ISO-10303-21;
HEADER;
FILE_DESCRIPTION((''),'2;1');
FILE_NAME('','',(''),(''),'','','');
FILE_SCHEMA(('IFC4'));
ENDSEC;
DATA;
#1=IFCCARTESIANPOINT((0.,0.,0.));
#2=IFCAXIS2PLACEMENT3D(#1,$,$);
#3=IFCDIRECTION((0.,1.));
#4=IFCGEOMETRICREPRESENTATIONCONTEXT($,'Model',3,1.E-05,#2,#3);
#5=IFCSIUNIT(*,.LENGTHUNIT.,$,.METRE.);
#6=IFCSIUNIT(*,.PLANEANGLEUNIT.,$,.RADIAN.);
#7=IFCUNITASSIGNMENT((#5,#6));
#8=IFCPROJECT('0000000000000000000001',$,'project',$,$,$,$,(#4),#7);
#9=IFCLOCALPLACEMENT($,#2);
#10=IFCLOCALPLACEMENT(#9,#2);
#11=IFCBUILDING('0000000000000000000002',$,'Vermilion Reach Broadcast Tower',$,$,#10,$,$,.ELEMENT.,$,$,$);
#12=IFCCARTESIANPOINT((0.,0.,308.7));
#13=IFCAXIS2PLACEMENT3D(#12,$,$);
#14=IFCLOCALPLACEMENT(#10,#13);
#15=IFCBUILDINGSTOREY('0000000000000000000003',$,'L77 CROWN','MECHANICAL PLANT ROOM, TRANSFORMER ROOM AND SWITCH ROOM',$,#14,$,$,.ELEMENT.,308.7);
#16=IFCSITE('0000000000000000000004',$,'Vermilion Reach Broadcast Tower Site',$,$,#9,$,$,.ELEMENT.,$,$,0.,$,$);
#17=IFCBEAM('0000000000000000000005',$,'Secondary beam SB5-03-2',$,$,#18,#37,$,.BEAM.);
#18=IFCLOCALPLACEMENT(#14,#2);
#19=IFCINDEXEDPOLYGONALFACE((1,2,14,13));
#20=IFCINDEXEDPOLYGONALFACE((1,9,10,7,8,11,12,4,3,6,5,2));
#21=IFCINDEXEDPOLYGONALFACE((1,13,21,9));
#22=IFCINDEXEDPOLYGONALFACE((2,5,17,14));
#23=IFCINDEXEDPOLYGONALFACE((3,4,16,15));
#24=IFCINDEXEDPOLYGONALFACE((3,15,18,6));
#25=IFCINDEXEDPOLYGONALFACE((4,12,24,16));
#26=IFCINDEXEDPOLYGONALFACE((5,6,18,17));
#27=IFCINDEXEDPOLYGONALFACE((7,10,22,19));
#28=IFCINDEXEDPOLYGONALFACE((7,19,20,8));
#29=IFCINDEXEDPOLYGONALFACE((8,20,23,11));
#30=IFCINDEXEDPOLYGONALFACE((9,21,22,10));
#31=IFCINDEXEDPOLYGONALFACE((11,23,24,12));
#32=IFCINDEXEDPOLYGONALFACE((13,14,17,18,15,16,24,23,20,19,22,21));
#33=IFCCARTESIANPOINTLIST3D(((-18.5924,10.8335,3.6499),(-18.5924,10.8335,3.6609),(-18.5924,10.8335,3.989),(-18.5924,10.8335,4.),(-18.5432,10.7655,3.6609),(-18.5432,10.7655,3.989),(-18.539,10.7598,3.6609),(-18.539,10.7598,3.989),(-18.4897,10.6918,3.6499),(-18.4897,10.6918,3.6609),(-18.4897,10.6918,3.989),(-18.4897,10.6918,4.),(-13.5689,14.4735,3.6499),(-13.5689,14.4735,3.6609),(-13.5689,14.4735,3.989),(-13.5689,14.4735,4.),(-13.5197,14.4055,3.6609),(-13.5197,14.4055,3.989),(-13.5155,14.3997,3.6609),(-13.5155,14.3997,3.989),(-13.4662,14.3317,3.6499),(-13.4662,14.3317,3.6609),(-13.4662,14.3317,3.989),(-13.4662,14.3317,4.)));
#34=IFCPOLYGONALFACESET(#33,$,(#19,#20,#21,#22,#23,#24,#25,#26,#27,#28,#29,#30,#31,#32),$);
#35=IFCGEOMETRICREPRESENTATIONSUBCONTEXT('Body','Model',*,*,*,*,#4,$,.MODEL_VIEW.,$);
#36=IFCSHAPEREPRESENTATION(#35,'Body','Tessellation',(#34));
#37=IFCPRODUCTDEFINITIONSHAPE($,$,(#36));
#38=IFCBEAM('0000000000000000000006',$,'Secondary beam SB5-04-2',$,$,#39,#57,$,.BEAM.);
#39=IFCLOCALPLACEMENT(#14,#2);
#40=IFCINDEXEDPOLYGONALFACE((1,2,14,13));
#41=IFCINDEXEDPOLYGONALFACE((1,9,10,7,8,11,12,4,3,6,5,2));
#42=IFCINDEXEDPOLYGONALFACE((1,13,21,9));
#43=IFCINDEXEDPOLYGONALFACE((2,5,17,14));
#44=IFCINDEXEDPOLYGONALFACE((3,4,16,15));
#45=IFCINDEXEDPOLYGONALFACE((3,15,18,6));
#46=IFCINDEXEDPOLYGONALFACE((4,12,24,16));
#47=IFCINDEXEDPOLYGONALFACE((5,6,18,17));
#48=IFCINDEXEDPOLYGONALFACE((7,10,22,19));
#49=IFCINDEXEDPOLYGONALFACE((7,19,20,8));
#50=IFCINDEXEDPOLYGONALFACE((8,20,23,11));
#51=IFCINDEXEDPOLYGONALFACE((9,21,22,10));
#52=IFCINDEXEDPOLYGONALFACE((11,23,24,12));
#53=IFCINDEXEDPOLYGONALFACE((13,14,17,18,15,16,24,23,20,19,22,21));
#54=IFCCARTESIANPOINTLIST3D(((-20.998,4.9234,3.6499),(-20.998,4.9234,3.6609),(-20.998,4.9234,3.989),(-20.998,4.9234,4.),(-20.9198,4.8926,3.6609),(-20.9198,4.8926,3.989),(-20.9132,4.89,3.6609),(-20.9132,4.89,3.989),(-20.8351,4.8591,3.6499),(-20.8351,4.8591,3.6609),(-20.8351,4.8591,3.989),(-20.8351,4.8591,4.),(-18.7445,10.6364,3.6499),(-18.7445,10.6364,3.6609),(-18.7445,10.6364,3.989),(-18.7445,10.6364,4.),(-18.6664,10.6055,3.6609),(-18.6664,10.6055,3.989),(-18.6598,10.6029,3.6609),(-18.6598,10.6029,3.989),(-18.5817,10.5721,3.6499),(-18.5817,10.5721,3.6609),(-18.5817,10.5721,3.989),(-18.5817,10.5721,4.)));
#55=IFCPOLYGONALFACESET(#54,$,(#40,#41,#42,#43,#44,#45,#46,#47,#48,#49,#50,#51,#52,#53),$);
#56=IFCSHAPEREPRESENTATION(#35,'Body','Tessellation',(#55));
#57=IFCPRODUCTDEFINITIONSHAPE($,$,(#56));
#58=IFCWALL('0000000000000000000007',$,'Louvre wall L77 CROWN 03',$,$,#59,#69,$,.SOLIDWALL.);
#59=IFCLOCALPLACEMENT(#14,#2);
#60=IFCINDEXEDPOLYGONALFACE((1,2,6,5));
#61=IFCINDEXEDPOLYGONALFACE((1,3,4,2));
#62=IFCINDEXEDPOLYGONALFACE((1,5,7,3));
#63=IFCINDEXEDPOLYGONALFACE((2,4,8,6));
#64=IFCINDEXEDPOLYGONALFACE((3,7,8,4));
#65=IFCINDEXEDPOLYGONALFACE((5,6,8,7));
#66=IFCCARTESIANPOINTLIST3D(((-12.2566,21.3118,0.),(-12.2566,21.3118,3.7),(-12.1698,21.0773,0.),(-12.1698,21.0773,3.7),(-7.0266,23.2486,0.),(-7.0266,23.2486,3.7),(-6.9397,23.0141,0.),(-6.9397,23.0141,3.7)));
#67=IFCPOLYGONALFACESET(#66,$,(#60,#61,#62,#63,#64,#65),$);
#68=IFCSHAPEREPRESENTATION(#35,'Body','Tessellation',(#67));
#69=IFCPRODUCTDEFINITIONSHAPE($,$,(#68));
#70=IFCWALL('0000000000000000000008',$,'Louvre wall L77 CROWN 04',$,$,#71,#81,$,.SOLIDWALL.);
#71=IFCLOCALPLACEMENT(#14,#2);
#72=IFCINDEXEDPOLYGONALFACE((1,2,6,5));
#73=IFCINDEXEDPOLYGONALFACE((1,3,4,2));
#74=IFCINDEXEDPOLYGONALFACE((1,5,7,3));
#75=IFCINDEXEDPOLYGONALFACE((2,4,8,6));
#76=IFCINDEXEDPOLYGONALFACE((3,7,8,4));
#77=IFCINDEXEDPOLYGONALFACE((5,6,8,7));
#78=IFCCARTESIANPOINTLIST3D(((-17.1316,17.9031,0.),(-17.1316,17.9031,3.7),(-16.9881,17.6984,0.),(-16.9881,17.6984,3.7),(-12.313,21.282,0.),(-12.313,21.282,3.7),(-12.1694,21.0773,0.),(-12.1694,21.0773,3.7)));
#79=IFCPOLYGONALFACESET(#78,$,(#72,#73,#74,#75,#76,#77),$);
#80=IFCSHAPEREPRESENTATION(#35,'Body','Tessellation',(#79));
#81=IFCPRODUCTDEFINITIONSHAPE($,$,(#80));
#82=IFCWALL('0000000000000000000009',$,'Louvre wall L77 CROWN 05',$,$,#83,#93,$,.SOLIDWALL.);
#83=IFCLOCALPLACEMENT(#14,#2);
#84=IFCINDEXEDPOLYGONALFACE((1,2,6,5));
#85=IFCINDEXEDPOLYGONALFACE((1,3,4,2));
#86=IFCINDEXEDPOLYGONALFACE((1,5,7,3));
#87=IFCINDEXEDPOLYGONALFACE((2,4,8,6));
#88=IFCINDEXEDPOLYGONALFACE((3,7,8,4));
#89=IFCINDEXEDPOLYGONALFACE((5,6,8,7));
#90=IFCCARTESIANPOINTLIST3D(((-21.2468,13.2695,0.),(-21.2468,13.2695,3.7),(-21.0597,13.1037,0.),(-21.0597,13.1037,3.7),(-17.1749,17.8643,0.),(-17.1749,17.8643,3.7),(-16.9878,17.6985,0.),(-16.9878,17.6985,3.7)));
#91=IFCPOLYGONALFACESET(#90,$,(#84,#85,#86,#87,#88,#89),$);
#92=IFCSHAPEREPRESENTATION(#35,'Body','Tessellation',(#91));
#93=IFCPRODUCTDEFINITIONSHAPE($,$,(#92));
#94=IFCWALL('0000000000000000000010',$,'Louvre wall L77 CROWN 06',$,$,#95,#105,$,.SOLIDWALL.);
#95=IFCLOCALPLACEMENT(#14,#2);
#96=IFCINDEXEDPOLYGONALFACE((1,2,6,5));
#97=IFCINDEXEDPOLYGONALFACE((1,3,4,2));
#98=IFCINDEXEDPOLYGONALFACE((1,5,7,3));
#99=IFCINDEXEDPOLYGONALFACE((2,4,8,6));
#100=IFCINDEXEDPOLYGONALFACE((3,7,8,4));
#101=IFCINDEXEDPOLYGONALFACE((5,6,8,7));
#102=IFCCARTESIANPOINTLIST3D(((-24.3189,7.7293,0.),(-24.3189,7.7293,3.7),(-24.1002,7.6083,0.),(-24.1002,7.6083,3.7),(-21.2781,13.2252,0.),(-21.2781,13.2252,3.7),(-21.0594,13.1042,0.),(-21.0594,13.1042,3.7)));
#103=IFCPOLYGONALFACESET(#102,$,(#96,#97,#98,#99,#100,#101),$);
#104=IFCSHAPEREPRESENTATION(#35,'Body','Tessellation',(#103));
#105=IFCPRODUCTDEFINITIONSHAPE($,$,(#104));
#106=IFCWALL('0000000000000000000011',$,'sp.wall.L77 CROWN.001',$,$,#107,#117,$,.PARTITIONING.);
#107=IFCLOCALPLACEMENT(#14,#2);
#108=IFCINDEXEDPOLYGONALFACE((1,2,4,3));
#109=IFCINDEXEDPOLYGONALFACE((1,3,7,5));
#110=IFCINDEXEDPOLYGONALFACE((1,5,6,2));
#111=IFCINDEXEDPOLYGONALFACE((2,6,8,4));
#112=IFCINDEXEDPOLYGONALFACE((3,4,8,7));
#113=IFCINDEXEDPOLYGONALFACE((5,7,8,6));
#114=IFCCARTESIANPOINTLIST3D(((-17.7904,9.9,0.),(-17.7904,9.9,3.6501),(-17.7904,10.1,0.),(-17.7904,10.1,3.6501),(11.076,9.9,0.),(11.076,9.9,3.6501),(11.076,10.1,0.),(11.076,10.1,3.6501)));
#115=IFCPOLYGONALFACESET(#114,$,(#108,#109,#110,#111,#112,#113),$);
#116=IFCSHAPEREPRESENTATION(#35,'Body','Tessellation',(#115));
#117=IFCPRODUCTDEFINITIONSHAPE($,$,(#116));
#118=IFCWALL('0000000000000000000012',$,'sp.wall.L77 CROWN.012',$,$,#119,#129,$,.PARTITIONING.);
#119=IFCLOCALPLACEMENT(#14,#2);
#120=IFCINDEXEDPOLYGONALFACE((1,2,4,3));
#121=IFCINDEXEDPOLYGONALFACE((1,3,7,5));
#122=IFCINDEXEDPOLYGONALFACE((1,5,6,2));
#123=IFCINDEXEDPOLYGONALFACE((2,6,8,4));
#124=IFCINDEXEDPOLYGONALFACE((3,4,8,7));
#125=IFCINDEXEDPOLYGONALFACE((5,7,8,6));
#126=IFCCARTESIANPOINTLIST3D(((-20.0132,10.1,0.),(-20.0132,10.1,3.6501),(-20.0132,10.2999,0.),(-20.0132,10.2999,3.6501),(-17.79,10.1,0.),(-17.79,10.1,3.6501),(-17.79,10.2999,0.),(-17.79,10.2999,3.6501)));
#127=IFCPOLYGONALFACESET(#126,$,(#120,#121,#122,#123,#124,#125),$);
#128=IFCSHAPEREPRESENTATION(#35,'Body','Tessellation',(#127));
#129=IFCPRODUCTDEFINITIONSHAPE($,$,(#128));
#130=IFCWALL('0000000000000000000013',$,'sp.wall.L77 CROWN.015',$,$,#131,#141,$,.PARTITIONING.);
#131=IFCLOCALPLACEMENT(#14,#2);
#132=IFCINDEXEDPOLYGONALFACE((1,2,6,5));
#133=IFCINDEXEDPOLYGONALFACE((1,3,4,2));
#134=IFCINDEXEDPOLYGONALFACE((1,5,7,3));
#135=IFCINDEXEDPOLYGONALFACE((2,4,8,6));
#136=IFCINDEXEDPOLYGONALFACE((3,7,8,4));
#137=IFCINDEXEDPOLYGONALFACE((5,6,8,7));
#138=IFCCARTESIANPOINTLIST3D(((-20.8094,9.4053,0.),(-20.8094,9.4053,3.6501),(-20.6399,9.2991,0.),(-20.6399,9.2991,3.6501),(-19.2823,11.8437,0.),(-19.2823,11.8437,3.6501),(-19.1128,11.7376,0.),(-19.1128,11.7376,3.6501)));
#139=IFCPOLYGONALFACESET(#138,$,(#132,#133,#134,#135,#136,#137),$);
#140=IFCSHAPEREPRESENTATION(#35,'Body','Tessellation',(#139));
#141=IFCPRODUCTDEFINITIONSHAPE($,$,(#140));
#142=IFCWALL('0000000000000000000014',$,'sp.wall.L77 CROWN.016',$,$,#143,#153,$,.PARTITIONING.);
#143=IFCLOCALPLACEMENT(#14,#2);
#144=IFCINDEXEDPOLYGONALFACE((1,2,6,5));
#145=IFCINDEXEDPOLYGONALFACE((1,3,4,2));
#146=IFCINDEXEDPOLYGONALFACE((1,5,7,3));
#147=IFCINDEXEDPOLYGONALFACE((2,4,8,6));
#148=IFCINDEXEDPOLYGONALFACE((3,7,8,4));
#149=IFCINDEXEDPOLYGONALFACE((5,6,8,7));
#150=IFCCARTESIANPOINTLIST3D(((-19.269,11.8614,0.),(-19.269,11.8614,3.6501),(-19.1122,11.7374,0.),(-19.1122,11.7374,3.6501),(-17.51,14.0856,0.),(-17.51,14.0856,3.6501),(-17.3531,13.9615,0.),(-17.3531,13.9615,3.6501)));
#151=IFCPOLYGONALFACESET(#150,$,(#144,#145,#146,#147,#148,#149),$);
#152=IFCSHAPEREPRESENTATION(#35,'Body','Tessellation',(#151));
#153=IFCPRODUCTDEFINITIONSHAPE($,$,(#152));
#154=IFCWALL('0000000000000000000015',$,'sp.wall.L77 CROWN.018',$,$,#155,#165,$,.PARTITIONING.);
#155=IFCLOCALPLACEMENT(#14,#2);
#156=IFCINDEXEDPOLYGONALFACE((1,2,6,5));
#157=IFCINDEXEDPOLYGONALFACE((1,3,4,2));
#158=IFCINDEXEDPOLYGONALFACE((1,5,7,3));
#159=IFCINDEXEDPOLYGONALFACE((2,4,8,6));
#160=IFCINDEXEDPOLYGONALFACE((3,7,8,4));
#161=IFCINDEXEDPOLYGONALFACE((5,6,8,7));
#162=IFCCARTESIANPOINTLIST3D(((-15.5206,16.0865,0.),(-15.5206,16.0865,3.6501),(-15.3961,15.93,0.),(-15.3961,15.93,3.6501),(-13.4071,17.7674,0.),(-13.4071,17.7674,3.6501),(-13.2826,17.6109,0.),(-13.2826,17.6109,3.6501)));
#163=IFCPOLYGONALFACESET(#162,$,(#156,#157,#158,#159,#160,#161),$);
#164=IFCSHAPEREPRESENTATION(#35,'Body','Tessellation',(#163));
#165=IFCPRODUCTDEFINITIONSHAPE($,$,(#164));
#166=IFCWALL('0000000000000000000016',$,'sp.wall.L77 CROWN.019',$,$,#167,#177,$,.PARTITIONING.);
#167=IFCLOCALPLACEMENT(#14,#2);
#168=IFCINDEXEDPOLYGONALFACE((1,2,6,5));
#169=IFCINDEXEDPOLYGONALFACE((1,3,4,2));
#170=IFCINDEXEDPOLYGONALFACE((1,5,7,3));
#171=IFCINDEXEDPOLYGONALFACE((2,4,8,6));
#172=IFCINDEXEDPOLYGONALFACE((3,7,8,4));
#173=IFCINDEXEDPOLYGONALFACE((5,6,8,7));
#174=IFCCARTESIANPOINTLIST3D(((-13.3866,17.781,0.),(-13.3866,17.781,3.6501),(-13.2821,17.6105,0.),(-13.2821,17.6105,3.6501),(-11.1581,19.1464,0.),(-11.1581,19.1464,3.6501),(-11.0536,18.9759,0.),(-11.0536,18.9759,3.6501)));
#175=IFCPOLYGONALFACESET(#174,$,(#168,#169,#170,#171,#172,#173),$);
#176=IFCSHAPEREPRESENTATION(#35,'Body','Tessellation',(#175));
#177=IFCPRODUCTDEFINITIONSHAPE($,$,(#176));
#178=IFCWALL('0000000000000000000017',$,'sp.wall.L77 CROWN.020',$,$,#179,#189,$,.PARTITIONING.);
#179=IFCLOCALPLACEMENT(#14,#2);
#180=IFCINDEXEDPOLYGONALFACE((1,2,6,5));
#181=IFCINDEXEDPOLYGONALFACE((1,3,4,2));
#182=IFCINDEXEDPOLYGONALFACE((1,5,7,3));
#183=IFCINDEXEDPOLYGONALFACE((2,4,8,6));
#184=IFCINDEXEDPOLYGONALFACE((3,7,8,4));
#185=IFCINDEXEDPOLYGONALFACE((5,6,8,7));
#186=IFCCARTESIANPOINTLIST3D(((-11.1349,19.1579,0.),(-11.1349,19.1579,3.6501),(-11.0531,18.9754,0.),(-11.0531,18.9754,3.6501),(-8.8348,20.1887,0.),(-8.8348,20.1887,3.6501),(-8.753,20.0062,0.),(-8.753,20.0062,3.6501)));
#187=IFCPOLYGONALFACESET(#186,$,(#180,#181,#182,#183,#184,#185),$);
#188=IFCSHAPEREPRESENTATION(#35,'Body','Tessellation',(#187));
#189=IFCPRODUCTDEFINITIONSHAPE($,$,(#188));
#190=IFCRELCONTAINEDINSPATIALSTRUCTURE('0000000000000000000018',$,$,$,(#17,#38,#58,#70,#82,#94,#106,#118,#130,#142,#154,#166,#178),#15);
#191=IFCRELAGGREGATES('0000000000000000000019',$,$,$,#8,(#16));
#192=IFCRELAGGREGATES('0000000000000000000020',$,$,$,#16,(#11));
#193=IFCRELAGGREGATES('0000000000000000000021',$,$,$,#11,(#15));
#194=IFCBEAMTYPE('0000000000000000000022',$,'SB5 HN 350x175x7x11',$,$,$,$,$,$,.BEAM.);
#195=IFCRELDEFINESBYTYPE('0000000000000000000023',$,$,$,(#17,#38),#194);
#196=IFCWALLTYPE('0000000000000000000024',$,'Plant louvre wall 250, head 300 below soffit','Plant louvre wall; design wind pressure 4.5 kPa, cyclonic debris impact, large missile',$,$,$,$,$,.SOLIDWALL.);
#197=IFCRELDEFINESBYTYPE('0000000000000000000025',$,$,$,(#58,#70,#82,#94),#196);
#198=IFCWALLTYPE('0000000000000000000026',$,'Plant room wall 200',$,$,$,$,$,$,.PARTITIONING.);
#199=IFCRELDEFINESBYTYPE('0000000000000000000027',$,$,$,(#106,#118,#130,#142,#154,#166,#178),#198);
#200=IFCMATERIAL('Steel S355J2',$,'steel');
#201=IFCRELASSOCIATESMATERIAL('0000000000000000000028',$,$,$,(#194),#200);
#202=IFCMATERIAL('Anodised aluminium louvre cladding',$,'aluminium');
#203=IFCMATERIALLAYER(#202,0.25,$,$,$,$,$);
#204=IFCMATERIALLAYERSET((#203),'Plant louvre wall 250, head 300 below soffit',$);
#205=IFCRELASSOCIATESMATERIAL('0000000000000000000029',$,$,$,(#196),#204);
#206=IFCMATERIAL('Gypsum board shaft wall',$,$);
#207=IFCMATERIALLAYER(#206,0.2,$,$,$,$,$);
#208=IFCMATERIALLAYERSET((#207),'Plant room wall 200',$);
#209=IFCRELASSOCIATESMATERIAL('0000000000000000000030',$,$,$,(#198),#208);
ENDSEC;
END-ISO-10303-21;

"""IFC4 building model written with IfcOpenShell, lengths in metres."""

from ifc_helpers import new_model, si_unit, direction, frame, frame_2d, origin, origin_2d, place, context, subcontext, project, spatial, rectangle, i_section, extrude, material, layer, layer_set, material_profile, profile_set, type_object, element, save


model = new_model("IFC4")

# Units and contexts
model_context = context("Model", 3, precision=1e-05, world=origin(), true_north=direction((0.0, 1.0)))
body_context = subcontext(model_context, "Body", "Model", "MODEL_VIEW")
ifc_project = project(units=[si_unit("LENGTHUNIT", "METRE"), si_unit("PLANEANGLEUNIT", "RADIAN")], contexts=[model_context])

# Site, building, storey
site_placement = place(None, origin())
site = spatial("IfcSite", under=ifc_project, at=site_placement, Name="Vermilion Reach Broadcast Tower Site", CompositionType="ELEMENT", RefElevation=0.0)
building_placement = place(site_placement, origin())
building = spatial("IfcBuilding", under=site, at=building_placement, Name="Vermilion Reach Broadcast Tower", CompositionType="ELEMENT")
storey_placement = place(building_placement, frame((0.0, 0.0, 308.7)))
storey = spatial("IfcBuildingStorey", under=building, at=storey_placement, Name="L77 CROWN", Description="MECHANICAL PLANT ROOM, TRANSFORMER ROOM AND SWITCH ROOM", CompositionType="ELEMENT", Elevation=308.7)

# Beams
ifc_material_1 = material(Name="Steel S355J2", Category="steel")
ifc_material_profile_1 = material_profile(ifc_material_1, i_section(OverallWidth=0.175, OverallDepth=0.3501, WebThickness=0.0071, FlangeThickness=0.011, at=origin_2d()), Name="S355J2 HN 350x175x7x11")
ifc_profile_set_1 = profile_set([ifc_material_profile_1], Name="Steel S355J2")
beam_type_1 = type_object("IfcBeamType", Name="SB5 HN 350x175x7x11", PredefinedType="BEAM", material=ifc_profile_set_1)
beam_1_placement = place(storey_placement, frame((-13.5176, 14.4026, 3.825), z_axis=(-0.809771, -0.586746, 0.0), x_axis=(0.586746, -0.809771, 0.0)))
element("IfcBeam", 1, at=beam_1_placement, inside=storey, type_object=beam_type_1, Name="Secondary beam SB5-03-2", PredefinedType="BEAM", context=body_context, shape_type="SweptSolid", body=[
    extrude(i_section(OverallWidth=0.175, OverallDepth=0.3501, WebThickness=0.0071, FlangeThickness=0.011, at=origin_2d()), origin(), (0.0, 0.0, 1.0), 6.2036),
])
beam_2_placement = place(storey_placement, frame((-18.6631, 10.6042, 3.825), z_axis=(-0.366931, -0.930248, 0.0), x_axis=(0.930248, -0.366931, 0.0)))
element("IfcBeam", 2, at=beam_2_placement, inside=storey, type_object=beam_type_1, Name="Secondary beam SB5-04-2", PredefinedType="BEAM", context=body_context, shape_type="SweptSolid", body=[
    extrude(i_section(OverallWidth=0.175, OverallDepth=0.3501, WebThickness=0.0071, FlangeThickness=0.011, at=origin_2d()), origin(), (0.0, 0.0, 1.0), 6.1414),
])

# Walls
ifc_material_2 = material(Name="Anodised aluminium louvre cladding", Category="aluminium")
ifc_layer_1 = layer(ifc_material_2, 0.25)
ifc_layer_set_1 = layer_set([ifc_layer_1], Name="Plant louvre wall 250, head 300 below soffit")
wall_type_1 = type_object("IfcWallType", Name="Plant louvre wall 250, head 300 below soffit", Description="Plant louvre wall; design wind pressure 4.5 kPa, cyclonic debris impact, large missile", PredefinedType="SOLIDWALL", material=ifc_layer_set_1)
wall_1_placement = place(storey_placement, frame((-6.9832, 23.1313, 0.0), z_axis=(0.0, 0.0, 1.0), x_axis=(-0.937764, -0.347273, 0.0)))
element("IfcWall", 3, at=wall_1_placement, inside=storey, type_object=wall_type_1, Name="Louvre wall L77 CROWN 03", PredefinedType="SOLIDWALL", context=body_context, shape_type="SweptSolid", body=[
    extrude(rectangle(XDim=5.5771, YDim=0.25, at=frame_2d((2.7886, 0.0))), origin(), (0.0, 0.0, 1.0), 3.7),
])
wall_2_placement = place(storey_placement, frame((-12.2412, 21.1797, 0.0), z_axis=(0.0, 0.0, 1.0), x_axis=(-0.818762, -0.574133, 0.0)))
element("IfcWall", 4, at=wall_2_placement, inside=storey, type_object=wall_type_1, Name="Louvre wall L77 CROWN 04", PredefinedType="SOLIDWALL", context=body_context, shape_type="SweptSolid", body=[
    extrude(rectangle(XDim=5.8853, YDim=0.25, at=frame_2d((2.9426, 0.0))), origin(), (0.0, 0.0, 1.0), 3.7),
])
wall_3_placement = place(storey_placement, frame((-17.0813, 17.7815, 0.0), z_axis=(0.0, 0.0, 1.0), x_axis=(-0.663233, -0.748413, 0.0)))
element("IfcWall", 5, at=wall_3_placement, inside=storey, type_object=wall_type_1, Name="Louvre wall L77 CROWN 05", PredefinedType="SOLIDWALL", context=body_context, shape_type="SweptSolid", body=[
    extrude(rectangle(XDim=6.1394, YDim=0.25, at=frame_2d((3.0698, 0.0))), origin(), (0.0, 0.0, 1.0), 3.7),
])
wall_4_placement = place(storey_placement, frame((-21.1687, 13.1648, 0.0), z_axis=(0.0, 0.0, 1.0), x_axis=(-0.484124, -0.874999, 0.0)))
element("IfcWall", 6, at=wall_4_placement, inside=storey, type_object=wall_type_1, Name="Louvre wall L77 CROWN 06", PredefinedType="SOLIDWALL", context=body_context, shape_type="SweptSolid", body=[
    extrude(rectangle(XDim=6.281, YDim=0.25, at=frame_2d((3.1406, 0.0))), origin(), (0.0, 0.0, 1.0), 3.7),
])
ifc_material_3 = material(Name="Gypsum board shaft wall")
ifc_layer_2 = layer(ifc_material_3, 0.2)
ifc_layer_set_2 = layer_set([ifc_layer_2], Name="Plant room wall 200")
wall_type_2 = type_object("IfcWallType", Name="Plant room wall 200", PredefinedType="PARTITIONING", material=ifc_layer_set_2)
wall_5_placement = place(storey_placement, frame((-17.7903, 10.0, 0.0), z_axis=(0.0, 0.0, 1.0), x_axis=(1.0, 0.0, 0.0)))
element("IfcWall", 7, at=wall_5_placement, inside=storey, type_object=wall_type_2, Name="sp.wall.L77 CROWN.001", PredefinedType="PARTITIONING", context=body_context, shape_type="SweptSolid", body=[
    extrude(rectangle(XDim=28.8665, YDim=0.2, at=frame_2d((14.4331, 0.0))), origin(), (0.0, 0.0, 1.0), 3.6501),
])
wall_6_placement = place(storey_placement, frame((-20.0132, 10.2, 0.0), z_axis=(0.0, 0.0, 1.0), x_axis=(1.0, 0.0, 0.0)))
element("IfcWall", 8, at=wall_6_placement, inside=storey, type_object=wall_type_2, Name="sp.wall.L77 CROWN.012", PredefinedType="PARTITIONING", context=body_context, shape_type="SweptSolid", body=[
    extrude(rectangle(XDim=2.2231, YDim=0.2, at=frame_2d((1.1116, 0.0))), origin(), (0.0, 0.0, 1.0), 3.6501),
])
wall_7_placement = place(storey_placement, frame((-20.7246, 9.3523, 0.0), z_axis=(0.0, 0.0, 1.0), x_axis=(0.530761, 0.847521, 0.0)))
element("IfcWall", 9, at=wall_7_placement, inside=storey, type_object=wall_type_2, Name="sp.wall.L77 CROWN.015", PredefinedType="PARTITIONING", context=body_context, shape_type="SweptSolid", body=[
    extrude(rectangle(XDim=2.8772, YDim=0.2, at=frame_2d((1.4385, 0.0))), origin(), (0.0, 0.0, 1.0), 3.6501),
])
wall_8_placement = place(storey_placement, frame((-19.1907, 11.7993, 0.0), z_axis=(0.0, 0.0, 1.0), x_axis=(0.620328, 0.784343, 0.0)))
element("IfcWall", 10, at=wall_8_placement, inside=storey, type_object=wall_type_2, Name="sp.wall.L77 CROWN.016", PredefinedType="PARTITIONING", context=body_context, shape_type="SweptSolid", body=[
    extrude(rectangle(XDim=2.8357, YDim=0.2, at=frame_2d((1.418, 0.0))), origin(), (0.0, 0.0, 1.0), 3.6501),
])

# Walls
wall_9_placement = place(storey_placement, frame((-15.4583, 16.0083, 0.0), z_axis=(0.0, 0.0, 1.0), x_axis=(0.782656, 0.622454, 0.0)))
element("IfcWall", 11, at=wall_9_placement, inside=storey, type_object=wall_type_2, Name="sp.wall.L77 CROWN.018", PredefinedType="PARTITIONING", context=body_context, shape_type="SweptSolid", body=[
    extrude(rectangle(XDim=2.7004, YDim=0.2, at=frame_2d((1.3501, 0.0))), origin(), (0.0, 0.0, 1.0), 3.6501),
])
wall_10_placement = place(storey_placement, frame((-13.3342, 17.6958, 0.0), z_axis=(0.0, 0.0, 1.0), x_axis=(0.852667, 0.522455, 0.0)))
element("IfcWall", 12, at=wall_10_placement, inside=storey, type_object=wall_type_2, Name="sp.wall.L77 CROWN.019", PredefinedType="PARTITIONING", context=body_context, shape_type="SweptSolid", body=[
    extrude(rectangle(XDim=2.6135, YDim=0.2, at=frame_2d((1.3066, 0.0))), origin(), (0.0, 0.0, 1.0), 3.6501),
])
wall_11_placement = place(storey_placement, frame((-11.094, 19.0667, 0.0), z_axis=(0.0, 0.0, 1.0), x_axis=(0.912553, 0.408959, 0.0)))
element("IfcWall", 13, at=wall_11_placement, inside=storey, type_object=wall_type_2, Name="sp.wall.L77 CROWN.020", PredefinedType="PARTITIONING", context=body_context, shape_type="SweptSolid", body=[
    extrude(rectangle(XDim=2.5205, YDim=0.2, at=frame_2d((1.2603, 0.0))), origin(), (0.0, 0.0, 1.0), 3.6501),
])

save(model, "model.ifc")
